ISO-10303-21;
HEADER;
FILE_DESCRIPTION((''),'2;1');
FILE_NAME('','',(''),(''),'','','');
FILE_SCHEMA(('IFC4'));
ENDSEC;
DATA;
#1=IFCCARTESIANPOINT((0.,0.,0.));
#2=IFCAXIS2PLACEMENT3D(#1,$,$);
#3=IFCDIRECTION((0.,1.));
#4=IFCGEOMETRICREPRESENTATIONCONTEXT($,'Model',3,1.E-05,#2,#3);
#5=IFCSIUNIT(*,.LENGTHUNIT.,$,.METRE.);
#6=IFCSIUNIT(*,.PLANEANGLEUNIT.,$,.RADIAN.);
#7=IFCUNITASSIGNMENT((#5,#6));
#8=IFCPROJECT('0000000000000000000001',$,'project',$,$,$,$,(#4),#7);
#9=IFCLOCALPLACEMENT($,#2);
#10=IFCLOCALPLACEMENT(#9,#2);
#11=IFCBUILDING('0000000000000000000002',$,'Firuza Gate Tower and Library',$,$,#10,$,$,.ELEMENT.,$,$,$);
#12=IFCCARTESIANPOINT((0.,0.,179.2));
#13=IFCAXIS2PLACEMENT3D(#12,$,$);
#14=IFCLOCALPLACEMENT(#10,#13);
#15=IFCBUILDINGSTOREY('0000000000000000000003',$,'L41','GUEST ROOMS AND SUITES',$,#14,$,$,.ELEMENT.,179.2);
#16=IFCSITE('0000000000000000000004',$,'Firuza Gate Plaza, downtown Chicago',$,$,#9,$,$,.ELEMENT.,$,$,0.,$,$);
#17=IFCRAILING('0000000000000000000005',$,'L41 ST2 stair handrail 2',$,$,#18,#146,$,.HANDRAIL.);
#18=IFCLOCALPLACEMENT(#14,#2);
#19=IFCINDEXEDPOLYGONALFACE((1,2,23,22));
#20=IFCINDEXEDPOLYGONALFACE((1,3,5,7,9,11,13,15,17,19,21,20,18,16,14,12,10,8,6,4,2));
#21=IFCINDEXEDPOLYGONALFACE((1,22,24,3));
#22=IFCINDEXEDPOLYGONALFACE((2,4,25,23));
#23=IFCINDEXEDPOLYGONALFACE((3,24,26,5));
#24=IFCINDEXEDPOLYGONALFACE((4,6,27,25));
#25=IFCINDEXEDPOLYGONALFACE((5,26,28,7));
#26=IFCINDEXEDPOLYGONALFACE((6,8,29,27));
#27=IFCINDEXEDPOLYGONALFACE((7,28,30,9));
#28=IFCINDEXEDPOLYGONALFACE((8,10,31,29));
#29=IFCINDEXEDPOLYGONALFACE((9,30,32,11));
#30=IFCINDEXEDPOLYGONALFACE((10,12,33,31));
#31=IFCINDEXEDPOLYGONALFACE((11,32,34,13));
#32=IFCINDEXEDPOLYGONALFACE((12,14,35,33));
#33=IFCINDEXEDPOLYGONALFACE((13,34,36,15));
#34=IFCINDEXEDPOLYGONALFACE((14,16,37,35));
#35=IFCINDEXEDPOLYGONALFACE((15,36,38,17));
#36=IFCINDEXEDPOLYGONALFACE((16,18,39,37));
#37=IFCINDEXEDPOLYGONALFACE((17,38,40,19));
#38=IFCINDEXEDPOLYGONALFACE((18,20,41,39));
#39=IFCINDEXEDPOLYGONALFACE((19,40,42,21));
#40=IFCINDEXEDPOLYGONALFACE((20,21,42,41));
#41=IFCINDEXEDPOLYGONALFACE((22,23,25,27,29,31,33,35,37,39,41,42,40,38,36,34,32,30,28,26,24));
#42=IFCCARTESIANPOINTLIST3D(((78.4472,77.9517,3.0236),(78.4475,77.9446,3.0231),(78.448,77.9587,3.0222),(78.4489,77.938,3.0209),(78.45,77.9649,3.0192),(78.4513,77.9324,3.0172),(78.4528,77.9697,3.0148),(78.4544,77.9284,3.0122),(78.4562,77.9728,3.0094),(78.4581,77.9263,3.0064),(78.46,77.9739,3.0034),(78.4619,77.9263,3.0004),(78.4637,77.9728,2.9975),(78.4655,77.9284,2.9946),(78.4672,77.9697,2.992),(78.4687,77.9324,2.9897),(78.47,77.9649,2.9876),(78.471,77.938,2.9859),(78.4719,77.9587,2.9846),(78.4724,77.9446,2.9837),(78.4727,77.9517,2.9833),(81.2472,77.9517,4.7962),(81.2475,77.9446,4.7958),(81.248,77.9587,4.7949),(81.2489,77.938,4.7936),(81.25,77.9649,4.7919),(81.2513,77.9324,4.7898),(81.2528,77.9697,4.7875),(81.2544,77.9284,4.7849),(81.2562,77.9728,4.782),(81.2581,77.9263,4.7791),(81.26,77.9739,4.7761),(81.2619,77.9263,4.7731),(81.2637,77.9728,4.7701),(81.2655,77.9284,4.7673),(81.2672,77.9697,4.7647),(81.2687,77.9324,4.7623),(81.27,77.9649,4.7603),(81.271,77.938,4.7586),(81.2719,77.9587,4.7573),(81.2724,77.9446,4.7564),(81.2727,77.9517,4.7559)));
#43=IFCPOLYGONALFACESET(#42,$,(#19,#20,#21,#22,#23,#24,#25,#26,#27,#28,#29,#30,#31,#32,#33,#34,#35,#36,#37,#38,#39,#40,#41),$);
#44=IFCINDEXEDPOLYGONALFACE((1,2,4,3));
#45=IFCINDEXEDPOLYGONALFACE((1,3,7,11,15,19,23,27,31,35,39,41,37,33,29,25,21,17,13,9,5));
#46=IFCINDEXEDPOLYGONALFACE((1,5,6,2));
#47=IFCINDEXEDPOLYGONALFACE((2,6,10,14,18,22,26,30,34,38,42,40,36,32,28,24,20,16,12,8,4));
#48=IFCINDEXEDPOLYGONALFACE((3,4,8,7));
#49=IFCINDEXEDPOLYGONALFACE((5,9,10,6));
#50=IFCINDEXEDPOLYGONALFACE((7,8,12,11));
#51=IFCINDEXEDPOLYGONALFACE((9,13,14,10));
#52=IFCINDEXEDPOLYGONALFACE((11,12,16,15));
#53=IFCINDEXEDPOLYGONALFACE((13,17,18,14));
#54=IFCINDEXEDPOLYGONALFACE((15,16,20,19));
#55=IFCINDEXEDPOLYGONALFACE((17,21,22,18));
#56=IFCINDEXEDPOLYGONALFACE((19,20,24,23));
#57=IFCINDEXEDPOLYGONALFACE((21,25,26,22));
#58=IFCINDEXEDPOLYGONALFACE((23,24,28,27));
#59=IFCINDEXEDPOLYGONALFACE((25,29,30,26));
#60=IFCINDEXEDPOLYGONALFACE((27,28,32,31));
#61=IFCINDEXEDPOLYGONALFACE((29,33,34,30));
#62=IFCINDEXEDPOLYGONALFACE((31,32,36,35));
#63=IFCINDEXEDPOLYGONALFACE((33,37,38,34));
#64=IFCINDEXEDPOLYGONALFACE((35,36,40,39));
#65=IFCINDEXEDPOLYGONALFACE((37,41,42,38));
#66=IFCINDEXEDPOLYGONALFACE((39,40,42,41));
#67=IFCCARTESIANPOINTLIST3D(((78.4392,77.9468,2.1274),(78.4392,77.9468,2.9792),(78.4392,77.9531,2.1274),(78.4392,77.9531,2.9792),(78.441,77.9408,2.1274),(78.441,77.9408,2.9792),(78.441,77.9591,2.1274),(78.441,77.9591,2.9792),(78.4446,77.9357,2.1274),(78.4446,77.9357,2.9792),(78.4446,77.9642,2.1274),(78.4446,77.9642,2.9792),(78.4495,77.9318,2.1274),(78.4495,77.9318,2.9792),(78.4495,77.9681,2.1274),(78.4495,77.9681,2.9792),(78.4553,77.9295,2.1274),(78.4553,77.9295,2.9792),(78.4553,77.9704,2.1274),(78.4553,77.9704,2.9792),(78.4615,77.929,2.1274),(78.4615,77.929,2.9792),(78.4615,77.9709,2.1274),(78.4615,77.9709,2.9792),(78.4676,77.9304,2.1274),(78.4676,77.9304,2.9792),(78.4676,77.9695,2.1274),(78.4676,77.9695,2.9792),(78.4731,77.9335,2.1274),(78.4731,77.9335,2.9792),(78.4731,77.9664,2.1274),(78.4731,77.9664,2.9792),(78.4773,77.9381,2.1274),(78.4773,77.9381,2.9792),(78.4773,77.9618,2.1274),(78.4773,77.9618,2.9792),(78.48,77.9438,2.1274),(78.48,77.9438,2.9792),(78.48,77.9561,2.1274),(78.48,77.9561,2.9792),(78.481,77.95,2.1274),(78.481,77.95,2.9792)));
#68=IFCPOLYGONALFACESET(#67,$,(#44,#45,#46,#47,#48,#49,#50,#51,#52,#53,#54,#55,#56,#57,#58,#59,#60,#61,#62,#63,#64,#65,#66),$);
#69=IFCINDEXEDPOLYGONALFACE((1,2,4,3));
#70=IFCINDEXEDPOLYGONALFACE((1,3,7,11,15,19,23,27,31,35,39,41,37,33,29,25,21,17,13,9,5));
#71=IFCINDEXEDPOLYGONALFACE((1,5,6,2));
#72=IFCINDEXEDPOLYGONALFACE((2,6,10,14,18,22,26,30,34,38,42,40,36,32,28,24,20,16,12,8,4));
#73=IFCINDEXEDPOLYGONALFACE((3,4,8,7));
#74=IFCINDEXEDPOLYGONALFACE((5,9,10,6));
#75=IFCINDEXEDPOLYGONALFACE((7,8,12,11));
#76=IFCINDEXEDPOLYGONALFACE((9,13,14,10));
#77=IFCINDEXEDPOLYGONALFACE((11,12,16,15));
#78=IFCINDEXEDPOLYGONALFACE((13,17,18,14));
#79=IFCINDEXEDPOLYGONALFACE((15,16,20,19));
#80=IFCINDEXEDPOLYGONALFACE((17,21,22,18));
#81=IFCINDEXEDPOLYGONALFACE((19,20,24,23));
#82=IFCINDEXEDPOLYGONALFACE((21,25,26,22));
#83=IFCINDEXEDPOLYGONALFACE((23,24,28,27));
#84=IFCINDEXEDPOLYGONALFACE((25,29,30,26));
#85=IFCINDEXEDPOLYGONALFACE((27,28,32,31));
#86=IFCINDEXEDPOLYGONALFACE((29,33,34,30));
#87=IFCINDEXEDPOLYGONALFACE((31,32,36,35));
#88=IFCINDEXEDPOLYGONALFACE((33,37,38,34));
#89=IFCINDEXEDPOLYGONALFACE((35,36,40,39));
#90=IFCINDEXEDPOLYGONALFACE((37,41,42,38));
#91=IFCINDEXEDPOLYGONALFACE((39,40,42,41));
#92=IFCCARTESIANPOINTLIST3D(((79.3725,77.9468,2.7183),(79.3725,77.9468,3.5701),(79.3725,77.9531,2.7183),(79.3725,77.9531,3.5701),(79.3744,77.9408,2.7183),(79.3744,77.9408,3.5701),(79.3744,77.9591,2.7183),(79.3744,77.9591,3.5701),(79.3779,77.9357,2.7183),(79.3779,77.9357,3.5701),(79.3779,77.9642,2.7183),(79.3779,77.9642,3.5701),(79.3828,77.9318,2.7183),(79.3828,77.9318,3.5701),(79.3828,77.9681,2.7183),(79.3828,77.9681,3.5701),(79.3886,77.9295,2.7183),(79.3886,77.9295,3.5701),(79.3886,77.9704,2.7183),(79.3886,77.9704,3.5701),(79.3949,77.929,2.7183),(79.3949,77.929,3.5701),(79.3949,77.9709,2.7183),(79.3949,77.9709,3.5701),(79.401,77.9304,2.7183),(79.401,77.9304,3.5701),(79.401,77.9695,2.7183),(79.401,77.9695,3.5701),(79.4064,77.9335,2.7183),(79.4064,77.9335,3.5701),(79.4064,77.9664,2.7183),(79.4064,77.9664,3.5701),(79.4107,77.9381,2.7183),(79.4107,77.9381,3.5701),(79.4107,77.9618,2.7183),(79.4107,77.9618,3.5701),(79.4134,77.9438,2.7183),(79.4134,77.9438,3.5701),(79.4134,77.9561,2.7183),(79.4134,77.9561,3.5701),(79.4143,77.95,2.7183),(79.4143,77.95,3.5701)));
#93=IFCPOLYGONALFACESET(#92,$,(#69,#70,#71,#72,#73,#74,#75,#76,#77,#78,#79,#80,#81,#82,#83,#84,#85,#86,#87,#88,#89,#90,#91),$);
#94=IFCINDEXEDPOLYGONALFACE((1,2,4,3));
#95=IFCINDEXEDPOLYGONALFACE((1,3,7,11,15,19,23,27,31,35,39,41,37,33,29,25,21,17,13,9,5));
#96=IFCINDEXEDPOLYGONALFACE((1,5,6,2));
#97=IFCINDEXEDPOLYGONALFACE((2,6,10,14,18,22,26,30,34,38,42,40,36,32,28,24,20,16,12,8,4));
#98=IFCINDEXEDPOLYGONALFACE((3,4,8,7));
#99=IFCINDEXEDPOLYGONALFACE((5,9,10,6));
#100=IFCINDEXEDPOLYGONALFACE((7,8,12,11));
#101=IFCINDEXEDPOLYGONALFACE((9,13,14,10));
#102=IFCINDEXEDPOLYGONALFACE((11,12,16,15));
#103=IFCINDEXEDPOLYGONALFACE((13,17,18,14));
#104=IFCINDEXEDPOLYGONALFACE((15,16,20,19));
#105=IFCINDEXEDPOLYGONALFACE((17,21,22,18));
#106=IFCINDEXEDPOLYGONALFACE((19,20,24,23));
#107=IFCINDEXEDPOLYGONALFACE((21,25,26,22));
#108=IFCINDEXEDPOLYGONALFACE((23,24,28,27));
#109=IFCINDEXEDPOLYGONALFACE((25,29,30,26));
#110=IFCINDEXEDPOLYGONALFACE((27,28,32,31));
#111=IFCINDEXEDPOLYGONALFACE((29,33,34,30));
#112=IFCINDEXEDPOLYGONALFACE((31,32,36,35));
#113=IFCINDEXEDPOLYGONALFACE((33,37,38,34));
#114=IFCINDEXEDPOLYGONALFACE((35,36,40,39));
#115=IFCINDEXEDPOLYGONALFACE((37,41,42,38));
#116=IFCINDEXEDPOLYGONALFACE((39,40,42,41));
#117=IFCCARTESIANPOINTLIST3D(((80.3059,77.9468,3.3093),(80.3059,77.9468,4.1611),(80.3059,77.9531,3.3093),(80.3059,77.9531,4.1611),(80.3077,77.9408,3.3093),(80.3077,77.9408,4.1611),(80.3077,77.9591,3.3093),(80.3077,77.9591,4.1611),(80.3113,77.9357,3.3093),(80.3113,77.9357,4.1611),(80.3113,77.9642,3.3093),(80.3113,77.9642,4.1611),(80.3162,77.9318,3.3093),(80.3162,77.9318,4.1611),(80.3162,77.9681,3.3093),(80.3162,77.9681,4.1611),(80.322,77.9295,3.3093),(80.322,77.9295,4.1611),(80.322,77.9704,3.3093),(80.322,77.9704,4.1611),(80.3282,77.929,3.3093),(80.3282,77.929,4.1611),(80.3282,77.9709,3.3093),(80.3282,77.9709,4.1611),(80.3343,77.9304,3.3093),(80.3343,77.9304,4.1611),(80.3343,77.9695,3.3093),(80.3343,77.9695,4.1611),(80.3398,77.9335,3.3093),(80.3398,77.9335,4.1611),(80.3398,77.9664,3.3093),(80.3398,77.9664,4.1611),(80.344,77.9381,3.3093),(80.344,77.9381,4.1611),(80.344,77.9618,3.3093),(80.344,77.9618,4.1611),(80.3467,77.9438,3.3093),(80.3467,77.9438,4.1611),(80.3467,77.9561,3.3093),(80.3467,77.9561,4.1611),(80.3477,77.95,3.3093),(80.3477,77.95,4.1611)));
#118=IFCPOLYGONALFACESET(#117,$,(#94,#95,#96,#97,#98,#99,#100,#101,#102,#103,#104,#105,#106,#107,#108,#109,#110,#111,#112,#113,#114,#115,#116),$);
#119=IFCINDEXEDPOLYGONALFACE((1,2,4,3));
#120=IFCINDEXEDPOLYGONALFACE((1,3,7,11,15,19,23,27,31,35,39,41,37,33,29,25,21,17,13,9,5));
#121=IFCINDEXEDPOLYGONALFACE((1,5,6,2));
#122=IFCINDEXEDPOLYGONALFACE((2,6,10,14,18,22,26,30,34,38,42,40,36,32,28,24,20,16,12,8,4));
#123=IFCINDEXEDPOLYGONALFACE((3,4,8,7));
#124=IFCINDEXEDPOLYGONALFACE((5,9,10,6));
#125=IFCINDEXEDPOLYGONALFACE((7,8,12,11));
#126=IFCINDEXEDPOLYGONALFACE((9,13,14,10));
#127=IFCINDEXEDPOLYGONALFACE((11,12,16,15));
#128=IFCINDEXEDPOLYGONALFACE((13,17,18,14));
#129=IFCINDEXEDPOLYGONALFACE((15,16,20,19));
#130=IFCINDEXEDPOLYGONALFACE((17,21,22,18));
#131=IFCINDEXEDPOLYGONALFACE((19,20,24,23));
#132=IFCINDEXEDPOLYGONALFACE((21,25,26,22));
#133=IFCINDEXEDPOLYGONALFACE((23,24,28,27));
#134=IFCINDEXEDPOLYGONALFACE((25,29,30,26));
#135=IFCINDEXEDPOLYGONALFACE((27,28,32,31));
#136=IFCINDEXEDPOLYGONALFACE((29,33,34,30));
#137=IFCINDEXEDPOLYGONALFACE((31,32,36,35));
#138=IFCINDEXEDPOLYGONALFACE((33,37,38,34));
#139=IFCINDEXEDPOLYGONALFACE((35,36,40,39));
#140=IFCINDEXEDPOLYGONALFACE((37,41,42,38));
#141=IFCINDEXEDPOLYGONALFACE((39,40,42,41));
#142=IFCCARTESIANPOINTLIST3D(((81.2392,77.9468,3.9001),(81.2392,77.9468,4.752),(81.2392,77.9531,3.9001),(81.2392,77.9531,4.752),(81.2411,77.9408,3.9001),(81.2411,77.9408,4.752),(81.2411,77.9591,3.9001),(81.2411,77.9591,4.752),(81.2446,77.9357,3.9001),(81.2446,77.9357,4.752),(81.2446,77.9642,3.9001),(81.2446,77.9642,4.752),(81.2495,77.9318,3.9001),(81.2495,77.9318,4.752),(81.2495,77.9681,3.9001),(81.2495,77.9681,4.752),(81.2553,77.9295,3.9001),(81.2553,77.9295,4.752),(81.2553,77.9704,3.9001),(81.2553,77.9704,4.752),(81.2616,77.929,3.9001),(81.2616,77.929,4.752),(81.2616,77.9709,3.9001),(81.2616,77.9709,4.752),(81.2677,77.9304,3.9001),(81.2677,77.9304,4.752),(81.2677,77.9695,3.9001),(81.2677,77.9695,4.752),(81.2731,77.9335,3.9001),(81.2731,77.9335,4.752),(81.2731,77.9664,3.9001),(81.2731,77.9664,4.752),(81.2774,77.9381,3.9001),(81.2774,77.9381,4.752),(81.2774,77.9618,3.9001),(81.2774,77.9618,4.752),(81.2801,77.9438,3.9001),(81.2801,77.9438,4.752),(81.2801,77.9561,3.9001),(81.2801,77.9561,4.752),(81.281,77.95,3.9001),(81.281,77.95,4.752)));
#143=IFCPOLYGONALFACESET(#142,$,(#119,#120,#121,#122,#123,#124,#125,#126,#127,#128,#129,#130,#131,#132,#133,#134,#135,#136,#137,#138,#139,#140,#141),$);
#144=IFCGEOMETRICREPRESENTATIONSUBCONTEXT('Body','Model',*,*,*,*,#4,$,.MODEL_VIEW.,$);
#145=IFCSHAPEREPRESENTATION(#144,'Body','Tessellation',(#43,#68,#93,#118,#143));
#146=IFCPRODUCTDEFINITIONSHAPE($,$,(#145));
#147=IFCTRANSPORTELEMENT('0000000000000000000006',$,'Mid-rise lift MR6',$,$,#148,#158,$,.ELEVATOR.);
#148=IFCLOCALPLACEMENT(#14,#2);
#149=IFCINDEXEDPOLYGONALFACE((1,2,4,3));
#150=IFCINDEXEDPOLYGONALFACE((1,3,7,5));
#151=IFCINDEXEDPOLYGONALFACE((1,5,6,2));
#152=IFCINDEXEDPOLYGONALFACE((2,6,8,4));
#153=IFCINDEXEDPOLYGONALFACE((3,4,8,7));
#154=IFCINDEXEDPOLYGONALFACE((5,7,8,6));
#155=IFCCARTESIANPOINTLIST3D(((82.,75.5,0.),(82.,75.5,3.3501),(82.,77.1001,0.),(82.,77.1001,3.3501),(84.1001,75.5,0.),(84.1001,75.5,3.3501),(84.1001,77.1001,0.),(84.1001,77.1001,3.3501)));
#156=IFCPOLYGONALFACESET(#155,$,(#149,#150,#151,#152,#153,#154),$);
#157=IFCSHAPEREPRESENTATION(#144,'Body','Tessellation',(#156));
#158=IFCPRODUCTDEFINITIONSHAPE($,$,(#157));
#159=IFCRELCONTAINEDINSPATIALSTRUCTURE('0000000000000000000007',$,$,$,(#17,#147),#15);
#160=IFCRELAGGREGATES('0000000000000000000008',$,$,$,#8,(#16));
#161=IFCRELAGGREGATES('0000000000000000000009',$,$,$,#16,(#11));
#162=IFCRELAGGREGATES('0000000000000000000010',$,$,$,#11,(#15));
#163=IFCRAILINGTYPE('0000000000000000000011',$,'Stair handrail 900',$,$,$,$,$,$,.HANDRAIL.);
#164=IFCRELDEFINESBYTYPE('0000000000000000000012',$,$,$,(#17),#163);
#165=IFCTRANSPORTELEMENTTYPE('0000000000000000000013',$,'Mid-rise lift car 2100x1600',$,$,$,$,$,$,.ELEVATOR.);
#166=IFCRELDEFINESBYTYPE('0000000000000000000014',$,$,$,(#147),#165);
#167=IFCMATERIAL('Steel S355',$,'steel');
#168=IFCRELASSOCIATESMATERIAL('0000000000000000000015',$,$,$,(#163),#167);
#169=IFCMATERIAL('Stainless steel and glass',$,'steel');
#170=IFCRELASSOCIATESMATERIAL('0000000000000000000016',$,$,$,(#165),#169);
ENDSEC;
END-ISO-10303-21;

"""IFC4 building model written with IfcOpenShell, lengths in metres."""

from ifc_helpers import new_model, si_unit, direction, frame, origin, origin_2d, place, context, subcontext, project, spatial, rectangle, circle, extrude, material, type_object, element, save


model = new_model("IFC4")

# Units and contexts
model_context = context("Model", 3, precision=1e-05, world=origin(), true_north=direction((0.0, 1.0)))
body_context = subcontext(model_context, "Body", "Model", "MODEL_VIEW")
ifc_project = project(units=[si_unit("LENGTHUNIT", "METRE"), si_unit("PLANEANGLEUNIT", "RADIAN")], contexts=[model_context])

# Site, building, storey
site_placement = place(None, origin())
site = spatial("IfcSite", under=ifc_project, at=site_placement, Name="Firuza Gate Plaza, downtown Chicago", CompositionType="ELEMENT", RefElevation=0.0)
building_placement = place(site_placement, origin())
building = spatial("IfcBuilding", under=site, at=building_placement, Name="Firuza Gate Tower and Library", CompositionType="ELEMENT")
storey_placement = place(building_placement, frame((0.0, 0.0, 179.2)))
storey = spatial("IfcBuildingStorey", under=building, at=storey_placement, Name="L41", Description="GUEST ROOMS AND SUITES", CompositionType="ELEMENT", Elevation=179.2)

# Railing
ifc_material_1 = material(Name="Steel S355", Category="steel")
railing_type_1 = type_object("IfcRailingType", Name="Stair handrail 900", PredefinedType="HANDRAIL", material=ifc_material_1)
railing_1_placement = place(storey_placement, frame((78.46, 77.95, 2.1274)))
element("IfcRailing", 1, at=railing_1_placement, inside=storey, type_object=railing_type_1, Name="L41 ST2 stair handrail 2", PredefinedType="HANDRAIL", context=body_context, shape_type="SweptSolid", body=[
    extrude(circle(Radius=0.0239, at=origin_2d()), frame((0.0, 0.0, 0.876), z_axis=(0.844909, 0.0, 0.53491), x_axis=(0.0, 1.0, 0.0)), (0.0, 0.0, 1.0), 3.314),
    extrude(circle(Radius=0.021, at=origin_2d()), origin(), (0.0, 0.0, 1.0), 0.8518),
    extrude(circle(Radius=0.021, at=origin_2d()), frame((0.9333, 0.0, 0.5908)), (0.0, 0.0, 1.0), 0.8518),
    extrude(circle(Radius=0.021, at=origin_2d()), frame((1.8667, 0.0, 1.1819)), (0.0, 0.0, 1.0), 0.8518),
    extrude(circle(Radius=0.021, at=origin_2d()), frame((2.8, 0.0, 1.7727)), (0.0, 0.0, 1.0), 0.8518),
])

# Transport element
ifc_material_2 = material(Name="Stainless steel and glass", Category="steel")
transport_element_type = type_object("IfcTransportElementType", Name="Mid-rise lift car 2100x1600", PredefinedType="ELEVATOR", material=ifc_material_2)
transport_element_placement = place(storey_placement, frame((83.05, 76.3, 0.0), z_axis=(0.0, 0.0, 1.0), x_axis=(1.0, 0.0, 0.0)))
element("IfcTransportElement", 2, at=transport_element_placement, inside=storey, type_object=transport_element_type, Name="Mid-rise lift MR6", PredefinedType="ELEVATOR", context=body_context, shape_type="SweptSolid", body=[
    extrude(rectangle(XDim=2.1001, YDim=1.6001, at=origin_2d()), origin(), (0.0, 0.0, 1.0), 3.3501),
])

save(model, "model.ifc")
